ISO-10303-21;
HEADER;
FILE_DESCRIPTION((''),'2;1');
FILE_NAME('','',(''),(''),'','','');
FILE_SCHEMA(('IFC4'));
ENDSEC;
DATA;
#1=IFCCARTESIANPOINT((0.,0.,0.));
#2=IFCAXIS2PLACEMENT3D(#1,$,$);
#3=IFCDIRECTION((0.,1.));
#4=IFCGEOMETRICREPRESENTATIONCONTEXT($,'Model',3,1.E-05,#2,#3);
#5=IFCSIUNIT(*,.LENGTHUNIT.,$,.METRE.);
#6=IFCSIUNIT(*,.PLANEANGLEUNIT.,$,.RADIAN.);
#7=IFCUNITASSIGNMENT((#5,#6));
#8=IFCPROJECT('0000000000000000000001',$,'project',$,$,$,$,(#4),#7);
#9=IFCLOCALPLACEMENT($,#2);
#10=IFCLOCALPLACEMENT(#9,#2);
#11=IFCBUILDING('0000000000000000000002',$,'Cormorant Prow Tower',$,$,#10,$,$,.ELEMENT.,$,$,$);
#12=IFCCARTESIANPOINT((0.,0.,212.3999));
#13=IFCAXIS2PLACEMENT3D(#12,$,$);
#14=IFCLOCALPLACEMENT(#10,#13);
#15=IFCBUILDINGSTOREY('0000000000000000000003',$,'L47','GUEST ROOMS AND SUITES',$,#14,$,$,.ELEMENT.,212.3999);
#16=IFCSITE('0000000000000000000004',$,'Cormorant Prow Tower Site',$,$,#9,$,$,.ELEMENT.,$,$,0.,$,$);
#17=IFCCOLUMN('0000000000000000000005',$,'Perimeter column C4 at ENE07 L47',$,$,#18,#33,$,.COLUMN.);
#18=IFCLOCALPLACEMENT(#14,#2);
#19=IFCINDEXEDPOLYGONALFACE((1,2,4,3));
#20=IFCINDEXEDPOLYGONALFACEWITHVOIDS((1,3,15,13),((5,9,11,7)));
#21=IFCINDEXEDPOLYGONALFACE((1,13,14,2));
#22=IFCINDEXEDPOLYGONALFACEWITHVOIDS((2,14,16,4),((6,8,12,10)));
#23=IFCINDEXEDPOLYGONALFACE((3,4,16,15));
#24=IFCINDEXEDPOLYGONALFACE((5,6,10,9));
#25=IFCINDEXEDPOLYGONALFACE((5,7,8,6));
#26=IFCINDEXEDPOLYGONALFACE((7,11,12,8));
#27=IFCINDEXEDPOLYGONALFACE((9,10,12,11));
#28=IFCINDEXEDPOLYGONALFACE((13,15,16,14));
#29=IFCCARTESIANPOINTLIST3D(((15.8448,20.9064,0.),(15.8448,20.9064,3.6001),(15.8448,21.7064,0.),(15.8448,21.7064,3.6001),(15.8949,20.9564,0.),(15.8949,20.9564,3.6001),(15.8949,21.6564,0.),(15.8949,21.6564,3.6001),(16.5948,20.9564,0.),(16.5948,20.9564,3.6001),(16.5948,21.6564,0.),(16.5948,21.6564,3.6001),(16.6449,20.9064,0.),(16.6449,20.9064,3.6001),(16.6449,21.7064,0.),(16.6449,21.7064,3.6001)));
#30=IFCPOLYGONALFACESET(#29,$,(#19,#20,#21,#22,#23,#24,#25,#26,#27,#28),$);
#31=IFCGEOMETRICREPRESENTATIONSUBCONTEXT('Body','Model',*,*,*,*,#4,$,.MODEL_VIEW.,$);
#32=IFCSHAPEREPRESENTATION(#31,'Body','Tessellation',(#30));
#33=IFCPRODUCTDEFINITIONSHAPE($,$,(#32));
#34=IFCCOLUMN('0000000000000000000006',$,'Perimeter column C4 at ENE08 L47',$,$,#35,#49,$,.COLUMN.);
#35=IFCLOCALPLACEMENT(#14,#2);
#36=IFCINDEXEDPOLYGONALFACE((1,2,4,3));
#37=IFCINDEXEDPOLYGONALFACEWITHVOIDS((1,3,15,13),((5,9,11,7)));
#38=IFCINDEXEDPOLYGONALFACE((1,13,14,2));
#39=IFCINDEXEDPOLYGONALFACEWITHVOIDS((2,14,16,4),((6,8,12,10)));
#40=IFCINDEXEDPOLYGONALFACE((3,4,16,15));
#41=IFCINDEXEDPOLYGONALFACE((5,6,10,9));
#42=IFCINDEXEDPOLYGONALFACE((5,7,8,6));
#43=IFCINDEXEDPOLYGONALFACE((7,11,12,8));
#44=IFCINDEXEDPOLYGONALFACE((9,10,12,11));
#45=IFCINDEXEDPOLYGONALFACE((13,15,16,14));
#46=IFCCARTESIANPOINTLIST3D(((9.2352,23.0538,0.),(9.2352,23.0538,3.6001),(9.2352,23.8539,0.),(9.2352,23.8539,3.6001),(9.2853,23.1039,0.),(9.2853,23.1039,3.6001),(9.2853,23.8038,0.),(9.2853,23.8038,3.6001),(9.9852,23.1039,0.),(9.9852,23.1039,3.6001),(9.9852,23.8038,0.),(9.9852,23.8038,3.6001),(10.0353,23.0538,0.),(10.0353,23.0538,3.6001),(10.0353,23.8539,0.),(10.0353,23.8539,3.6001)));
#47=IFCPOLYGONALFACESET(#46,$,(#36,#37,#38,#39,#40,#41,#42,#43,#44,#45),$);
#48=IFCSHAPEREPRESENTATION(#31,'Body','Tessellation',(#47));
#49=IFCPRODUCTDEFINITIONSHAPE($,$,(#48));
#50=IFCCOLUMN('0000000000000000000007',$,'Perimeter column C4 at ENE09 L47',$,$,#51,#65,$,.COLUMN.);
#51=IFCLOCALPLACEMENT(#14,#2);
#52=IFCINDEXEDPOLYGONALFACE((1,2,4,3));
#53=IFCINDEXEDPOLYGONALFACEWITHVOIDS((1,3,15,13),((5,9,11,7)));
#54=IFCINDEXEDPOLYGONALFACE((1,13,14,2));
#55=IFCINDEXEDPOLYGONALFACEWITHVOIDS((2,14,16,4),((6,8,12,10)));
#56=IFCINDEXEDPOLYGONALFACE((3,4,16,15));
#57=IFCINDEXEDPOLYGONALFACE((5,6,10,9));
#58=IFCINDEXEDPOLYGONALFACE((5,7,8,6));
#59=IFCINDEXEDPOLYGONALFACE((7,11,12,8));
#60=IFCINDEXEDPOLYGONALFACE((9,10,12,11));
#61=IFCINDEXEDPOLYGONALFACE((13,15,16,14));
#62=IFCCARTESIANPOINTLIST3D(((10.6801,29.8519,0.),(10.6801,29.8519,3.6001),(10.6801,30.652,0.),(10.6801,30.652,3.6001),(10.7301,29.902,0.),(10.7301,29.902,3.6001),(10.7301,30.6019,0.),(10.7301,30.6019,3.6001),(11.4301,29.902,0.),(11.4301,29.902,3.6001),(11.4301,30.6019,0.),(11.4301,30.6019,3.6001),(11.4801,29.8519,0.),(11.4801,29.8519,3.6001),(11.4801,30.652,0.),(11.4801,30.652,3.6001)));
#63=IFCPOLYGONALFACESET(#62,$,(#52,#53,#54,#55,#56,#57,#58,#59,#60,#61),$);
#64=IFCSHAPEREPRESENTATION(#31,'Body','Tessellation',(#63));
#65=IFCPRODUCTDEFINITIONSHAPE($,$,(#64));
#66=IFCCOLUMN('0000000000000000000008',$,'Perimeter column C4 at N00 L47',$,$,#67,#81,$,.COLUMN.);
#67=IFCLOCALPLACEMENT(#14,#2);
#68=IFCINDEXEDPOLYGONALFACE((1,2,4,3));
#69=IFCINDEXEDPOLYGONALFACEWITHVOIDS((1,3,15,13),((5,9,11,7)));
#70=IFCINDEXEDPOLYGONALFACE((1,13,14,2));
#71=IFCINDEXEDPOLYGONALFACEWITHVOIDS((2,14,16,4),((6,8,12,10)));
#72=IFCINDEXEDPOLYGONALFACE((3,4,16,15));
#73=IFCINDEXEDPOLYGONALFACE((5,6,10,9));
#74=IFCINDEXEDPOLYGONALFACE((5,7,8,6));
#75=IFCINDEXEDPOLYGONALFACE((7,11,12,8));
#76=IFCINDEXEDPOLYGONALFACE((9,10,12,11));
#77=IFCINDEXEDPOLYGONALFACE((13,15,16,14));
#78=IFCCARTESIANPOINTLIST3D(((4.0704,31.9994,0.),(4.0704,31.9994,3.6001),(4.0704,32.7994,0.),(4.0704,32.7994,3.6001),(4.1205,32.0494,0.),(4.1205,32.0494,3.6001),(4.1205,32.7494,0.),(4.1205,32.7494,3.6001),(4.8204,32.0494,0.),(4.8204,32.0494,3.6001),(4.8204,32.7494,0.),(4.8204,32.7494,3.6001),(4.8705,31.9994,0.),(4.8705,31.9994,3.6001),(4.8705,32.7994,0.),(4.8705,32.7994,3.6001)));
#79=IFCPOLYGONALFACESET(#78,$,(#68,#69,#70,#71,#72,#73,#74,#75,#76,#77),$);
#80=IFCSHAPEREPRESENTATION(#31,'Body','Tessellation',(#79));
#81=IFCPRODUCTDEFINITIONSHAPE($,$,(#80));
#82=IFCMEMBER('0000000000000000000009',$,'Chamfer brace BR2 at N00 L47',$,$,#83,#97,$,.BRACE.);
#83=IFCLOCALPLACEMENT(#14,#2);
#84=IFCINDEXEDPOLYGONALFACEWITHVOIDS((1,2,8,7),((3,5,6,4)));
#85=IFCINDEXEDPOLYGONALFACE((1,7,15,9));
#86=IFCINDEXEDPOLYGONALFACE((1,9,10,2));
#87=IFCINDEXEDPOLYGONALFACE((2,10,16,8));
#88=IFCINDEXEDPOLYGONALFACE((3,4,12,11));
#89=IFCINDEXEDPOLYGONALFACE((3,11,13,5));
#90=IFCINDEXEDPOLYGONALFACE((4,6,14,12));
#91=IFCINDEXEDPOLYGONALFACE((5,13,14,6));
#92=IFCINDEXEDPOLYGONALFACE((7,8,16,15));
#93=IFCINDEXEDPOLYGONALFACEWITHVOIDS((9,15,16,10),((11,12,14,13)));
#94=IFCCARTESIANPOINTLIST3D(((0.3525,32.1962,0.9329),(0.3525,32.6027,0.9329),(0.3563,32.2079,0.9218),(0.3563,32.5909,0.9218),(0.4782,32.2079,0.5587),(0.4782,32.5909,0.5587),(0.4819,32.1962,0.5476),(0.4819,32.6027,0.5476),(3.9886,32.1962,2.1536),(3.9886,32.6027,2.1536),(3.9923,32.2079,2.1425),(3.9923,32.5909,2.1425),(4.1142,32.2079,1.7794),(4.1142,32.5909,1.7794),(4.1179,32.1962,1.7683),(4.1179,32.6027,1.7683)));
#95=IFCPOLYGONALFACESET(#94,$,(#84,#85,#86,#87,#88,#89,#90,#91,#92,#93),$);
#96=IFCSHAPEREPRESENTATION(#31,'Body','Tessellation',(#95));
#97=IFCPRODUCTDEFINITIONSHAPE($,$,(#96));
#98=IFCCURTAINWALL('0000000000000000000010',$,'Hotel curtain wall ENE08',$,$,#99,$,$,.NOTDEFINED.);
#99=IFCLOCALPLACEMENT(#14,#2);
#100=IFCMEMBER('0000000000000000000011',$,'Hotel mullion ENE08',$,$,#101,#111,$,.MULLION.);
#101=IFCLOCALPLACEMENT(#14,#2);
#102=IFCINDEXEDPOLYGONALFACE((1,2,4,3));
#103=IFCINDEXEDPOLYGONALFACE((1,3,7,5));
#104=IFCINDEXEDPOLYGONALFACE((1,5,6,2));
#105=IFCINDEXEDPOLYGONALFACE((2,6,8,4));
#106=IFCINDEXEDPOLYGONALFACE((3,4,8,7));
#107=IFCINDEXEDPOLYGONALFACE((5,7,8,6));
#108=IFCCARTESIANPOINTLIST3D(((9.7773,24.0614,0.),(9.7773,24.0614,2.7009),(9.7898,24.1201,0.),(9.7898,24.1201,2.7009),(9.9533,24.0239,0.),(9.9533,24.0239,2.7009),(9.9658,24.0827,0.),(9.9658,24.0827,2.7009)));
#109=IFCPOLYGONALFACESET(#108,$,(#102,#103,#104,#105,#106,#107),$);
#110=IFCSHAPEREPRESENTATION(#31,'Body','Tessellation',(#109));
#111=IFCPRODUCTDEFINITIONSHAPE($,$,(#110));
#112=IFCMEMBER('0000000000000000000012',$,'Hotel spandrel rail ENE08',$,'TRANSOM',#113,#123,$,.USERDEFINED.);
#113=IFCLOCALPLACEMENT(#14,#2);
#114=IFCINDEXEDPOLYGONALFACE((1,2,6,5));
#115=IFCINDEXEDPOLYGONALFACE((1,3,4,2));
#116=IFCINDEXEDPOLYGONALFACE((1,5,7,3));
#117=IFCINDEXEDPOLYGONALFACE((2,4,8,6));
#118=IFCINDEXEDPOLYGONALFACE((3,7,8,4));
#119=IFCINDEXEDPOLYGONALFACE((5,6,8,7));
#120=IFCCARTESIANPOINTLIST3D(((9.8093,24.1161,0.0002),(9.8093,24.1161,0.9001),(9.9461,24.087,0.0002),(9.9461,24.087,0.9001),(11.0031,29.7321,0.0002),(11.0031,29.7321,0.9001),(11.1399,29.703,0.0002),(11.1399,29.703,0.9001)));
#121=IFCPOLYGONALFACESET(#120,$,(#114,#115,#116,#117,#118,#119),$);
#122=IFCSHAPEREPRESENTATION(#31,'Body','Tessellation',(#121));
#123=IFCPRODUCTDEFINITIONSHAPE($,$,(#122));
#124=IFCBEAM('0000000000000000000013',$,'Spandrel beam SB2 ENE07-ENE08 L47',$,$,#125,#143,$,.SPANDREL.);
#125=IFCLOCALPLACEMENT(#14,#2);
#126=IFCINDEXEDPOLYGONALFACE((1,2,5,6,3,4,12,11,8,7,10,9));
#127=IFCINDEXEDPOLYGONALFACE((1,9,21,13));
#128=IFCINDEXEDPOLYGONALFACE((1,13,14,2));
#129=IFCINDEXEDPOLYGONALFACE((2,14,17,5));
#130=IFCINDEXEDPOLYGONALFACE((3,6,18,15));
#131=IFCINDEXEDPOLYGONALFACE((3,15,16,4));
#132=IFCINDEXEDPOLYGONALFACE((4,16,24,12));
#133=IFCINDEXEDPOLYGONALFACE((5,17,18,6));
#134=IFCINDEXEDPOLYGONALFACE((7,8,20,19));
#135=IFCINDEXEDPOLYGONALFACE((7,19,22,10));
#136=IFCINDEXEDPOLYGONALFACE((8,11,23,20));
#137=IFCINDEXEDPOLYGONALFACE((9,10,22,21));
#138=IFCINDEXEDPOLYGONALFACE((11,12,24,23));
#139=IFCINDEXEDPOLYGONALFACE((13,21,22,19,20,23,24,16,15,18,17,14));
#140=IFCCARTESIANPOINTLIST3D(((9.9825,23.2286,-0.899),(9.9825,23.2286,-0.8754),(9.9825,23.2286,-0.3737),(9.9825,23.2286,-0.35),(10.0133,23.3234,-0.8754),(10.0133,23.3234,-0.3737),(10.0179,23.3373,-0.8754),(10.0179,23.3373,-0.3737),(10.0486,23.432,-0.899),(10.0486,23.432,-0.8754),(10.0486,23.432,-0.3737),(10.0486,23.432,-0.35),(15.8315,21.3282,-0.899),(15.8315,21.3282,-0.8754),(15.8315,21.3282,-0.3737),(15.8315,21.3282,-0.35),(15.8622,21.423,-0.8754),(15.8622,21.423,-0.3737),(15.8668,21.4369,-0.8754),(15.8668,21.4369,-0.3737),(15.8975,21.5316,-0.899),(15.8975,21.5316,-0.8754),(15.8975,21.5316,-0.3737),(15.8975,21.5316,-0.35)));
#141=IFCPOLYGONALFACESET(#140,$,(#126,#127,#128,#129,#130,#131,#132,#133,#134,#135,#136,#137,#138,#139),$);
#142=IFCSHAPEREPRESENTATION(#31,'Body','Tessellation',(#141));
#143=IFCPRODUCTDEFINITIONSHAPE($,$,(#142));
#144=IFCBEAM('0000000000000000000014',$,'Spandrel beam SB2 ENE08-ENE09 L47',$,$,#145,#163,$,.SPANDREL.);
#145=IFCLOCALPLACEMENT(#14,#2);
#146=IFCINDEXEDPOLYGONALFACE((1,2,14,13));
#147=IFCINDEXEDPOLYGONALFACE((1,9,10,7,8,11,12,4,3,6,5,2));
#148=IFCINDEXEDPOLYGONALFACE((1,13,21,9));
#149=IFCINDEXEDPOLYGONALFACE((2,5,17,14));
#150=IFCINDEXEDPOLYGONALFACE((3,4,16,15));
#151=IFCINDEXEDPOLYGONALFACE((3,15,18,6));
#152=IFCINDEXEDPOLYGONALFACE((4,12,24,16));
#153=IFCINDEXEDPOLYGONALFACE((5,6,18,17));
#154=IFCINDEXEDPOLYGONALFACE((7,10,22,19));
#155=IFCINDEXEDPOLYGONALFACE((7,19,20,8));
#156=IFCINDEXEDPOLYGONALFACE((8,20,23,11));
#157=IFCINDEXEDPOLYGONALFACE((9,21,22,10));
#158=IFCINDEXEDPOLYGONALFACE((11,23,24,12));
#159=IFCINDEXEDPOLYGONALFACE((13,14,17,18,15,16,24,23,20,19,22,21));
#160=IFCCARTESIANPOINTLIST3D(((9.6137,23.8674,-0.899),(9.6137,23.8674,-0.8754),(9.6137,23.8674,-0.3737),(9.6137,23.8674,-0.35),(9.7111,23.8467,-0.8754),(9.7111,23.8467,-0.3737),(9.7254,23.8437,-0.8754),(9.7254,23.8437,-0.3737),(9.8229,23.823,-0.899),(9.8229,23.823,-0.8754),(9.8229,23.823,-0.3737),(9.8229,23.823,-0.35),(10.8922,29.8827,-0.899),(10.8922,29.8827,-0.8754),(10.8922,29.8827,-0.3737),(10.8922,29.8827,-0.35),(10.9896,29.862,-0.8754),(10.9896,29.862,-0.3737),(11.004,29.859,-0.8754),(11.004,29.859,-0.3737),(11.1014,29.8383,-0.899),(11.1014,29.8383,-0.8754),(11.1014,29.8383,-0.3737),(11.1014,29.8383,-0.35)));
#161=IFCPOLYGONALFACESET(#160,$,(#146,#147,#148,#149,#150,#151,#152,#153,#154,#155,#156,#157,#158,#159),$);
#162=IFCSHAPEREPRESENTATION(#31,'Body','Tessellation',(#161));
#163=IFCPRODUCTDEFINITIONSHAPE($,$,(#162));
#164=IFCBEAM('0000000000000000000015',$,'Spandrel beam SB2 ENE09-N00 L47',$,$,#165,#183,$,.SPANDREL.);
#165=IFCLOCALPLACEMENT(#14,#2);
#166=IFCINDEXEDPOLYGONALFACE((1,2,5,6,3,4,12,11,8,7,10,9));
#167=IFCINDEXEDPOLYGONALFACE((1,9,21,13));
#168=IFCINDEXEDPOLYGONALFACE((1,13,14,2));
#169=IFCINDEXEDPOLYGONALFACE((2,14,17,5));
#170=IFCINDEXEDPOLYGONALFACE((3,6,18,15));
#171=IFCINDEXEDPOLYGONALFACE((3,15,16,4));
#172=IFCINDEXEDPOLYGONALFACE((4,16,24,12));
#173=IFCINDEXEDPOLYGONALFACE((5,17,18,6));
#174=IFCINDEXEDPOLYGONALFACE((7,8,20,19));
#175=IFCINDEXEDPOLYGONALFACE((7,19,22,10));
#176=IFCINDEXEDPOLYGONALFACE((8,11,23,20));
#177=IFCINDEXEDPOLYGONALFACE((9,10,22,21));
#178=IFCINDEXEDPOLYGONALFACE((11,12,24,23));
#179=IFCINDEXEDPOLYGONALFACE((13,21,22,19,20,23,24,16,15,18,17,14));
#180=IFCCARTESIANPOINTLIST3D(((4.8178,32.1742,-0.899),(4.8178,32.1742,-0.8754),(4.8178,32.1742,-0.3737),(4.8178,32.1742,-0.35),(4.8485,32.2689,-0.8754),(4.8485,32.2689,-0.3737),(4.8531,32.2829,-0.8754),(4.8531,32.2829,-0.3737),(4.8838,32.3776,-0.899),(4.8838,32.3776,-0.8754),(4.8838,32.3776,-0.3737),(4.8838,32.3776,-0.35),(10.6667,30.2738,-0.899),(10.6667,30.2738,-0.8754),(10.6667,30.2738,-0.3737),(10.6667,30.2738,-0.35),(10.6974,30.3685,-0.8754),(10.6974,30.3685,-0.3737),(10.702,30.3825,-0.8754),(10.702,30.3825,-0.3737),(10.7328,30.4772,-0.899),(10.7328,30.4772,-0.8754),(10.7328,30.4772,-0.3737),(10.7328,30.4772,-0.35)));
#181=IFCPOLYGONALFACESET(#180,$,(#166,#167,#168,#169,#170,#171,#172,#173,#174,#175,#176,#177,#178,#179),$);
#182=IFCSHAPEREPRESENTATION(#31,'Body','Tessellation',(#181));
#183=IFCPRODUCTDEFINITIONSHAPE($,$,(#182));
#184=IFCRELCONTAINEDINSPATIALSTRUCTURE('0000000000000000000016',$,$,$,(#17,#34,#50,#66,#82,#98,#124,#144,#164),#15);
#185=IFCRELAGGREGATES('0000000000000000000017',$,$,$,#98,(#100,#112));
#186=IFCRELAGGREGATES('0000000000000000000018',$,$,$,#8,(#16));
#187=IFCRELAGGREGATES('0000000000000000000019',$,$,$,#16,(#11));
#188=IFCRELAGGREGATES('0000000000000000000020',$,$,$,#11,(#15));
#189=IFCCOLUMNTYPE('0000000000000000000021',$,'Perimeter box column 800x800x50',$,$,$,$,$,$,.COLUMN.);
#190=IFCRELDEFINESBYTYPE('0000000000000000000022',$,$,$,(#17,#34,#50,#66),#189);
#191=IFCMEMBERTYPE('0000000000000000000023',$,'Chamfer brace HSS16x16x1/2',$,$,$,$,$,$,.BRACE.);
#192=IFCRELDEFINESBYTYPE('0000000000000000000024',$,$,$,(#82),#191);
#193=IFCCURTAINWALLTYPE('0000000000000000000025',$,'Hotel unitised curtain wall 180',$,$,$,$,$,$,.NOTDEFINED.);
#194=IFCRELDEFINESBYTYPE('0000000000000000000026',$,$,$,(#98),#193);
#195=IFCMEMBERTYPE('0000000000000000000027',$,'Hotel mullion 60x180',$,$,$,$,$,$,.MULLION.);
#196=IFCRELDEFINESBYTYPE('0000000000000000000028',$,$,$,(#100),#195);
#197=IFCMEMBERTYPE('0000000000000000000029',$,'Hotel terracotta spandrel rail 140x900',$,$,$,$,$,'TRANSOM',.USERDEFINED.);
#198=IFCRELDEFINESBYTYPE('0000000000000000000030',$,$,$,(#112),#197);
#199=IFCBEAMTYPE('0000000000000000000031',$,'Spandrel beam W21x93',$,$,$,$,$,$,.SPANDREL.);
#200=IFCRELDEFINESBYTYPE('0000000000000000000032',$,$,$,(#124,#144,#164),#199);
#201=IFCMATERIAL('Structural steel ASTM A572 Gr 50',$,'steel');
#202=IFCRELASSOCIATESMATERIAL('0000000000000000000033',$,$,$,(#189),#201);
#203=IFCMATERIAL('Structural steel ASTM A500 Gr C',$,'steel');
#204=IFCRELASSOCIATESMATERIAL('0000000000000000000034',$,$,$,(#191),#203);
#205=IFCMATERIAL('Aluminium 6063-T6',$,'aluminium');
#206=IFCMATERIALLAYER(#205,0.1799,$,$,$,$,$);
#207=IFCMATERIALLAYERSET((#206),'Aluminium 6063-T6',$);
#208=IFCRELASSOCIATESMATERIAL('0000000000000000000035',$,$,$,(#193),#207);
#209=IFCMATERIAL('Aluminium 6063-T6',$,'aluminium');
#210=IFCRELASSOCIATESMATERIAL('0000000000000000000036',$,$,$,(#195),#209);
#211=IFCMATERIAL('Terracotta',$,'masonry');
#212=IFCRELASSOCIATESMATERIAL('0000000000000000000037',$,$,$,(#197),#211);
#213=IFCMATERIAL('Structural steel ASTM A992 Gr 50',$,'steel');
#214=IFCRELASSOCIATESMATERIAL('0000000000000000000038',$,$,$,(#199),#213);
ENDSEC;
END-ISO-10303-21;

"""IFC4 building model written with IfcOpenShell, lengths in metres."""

from ifc_helpers import new_model, si_unit, direction, frame, origin, origin_2d, place, context, subcontext, project, spatial, rectangle, hollow_rectangle, i_section, extrude, material, layer, layer_set, material_profile, profile_set, type_object, element, aggregate, save


model = new_model("IFC4")

# Units and contexts
model_context = context("Model", 3, precision=1e-05, world=origin(), true_north=direction((0.0, 1.0)))
body_context = subcontext(model_context, "Body", "Model", "MODEL_VIEW")
ifc_project = project(units=[si_unit("LENGTHUNIT", "METRE"), si_unit("PLANEANGLEUNIT", "RADIAN")], contexts=[model_context])

# Site, building, storey
site_placement = place(None, origin())
site = spatial("IfcSite", under=ifc_project, at=site_placement, Name="Cormorant Prow Tower Site", CompositionType="ELEMENT", RefElevation=0.0)
building_placement = place(site_placement, origin())
building = spatial("IfcBuilding", under=site, at=building_placement, Name="Cormorant Prow Tower", CompositionType="ELEMENT")
storey_placement = place(building_placement, frame((0.0, 0.0, 212.3999)))
storey = spatial("IfcBuildingStorey", under=building, at=storey_placement, Name="L47", Description="GUEST ROOMS AND SUITES", CompositionType="ELEMENT", Elevation=212.3999)

# Columns
ifc_material_1 = material(Name="Structural steel ASTM A572 Gr 50", Category="steel")
ifc_material_profile_1 = material_profile(ifc_material_1, hollow_rectangle(XDim=0.8, YDim=0.8, WallThickness=0.05, at=origin_2d()), Name="Box 800x800x50")
ifc_profile_set_1 = profile_set([ifc_material_profile_1], Name="Structural steel ASTM A572 Gr 50")
column_type = type_object("IfcColumnType", Name="Perimeter box column 800x800x50", PredefinedType="COLUMN", material=ifc_profile_set_1)
for number, where, z_axis, x_axis, name in (
    (1, (16.2449, 21.3064, 0.0), (0.0, 0.0, 1.0), (1.0, 0.0, 0.0), "Perimeter column C4 at ENE07 L47"),
    (2, (9.6353, 23.4539, 0.0), (0.0, 0.0, 1.0), (1.0, 0.0, 0.0), "Perimeter column C4 at ENE08 L47"),
    (3, (11.0801, 30.252, 0.0), (0.0, 0.0, 1.0), (1.0, 0.0, 0.0), "Perimeter column C4 at ENE09 L47"),
    (4, (4.4705, 32.3994, 0.0), (0.0, 0.0, 1.0), (1.0, 0.0, 0.0), "Perimeter column C4 at N00 L47"),
):
    element("IfcColumn", number, at=place(storey_placement, frame(where, z_axis=z_axis, x_axis=x_axis)), inside=storey, type_object=column_type, Name=name, PredefinedType="COLUMN", context=body_context, shape_type="SweptSolid", body=[
        extrude(hollow_rectangle(XDim=0.8, YDim=0.8, WallThickness=0.05, at=origin_2d()), origin(), (0.0, 0.0, 1.0), 3.6001),
    ])

# Member
ifc_material_2 = material(Name="Structural steel ASTM A500 Gr C", Category="steel")
ifc_material_profile_2 = material_profile(ifc_material_2, hollow_rectangle(XDim=0.4065, YDim=0.4065, WallThickness=0.0117, at=origin_2d()), Name="HSS16x16x1/2")
ifc_profile_set_2 = profile_set([ifc_material_profile_2], Name="Structural steel ASTM A500 Gr C")
member_type_1 = type_object("IfcMemberType", Name="Chamfer brace HSS16x16x1/2", PredefinedType="BRACE", material=ifc_profile_set_2)
member_1_placement = place(storey_placement, frame((0.4172, 32.3994, 0.7402), z_axis=(0.948, 0.0, 0.31827), x_axis=(0.0, 1.0, 0.0)))
element("IfcMember", 5, at=member_1_placement, inside=storey, type_object=member_type_1, Name="Chamfer brace BR2 at N00 L47", PredefinedType="BRACE", context=body_context, shape_type="SweptSolid", body=[
    extrude(hollow_rectangle(XDim=0.4065, YDim=0.4065, WallThickness=0.0117, at=origin_2d()), origin(), (0.0, 0.0, 1.0), 3.8354),
])

# Curtain wall, members
ifc_material_3 = material(Name="Aluminium 6063-T6", Category="aluminium")
ifc_layer_1 = layer(ifc_material_3, 0.1799)
ifc_layer_set_1 = layer_set([ifc_layer_1], Name="Aluminium 6063-T6")
curtain_wall_type = type_object("IfcCurtainWallType", Name="Hotel unitised curtain wall 180", PredefinedType="NOTDEFINED", material=ifc_layer_set_1)
curtain_wall_1_placement = place(storey_placement, origin())
curtain_wall_1 = element("IfcCurtainWall", 6, at=curtain_wall_1_placement, inside=storey, type_object=curtain_wall_type, Name="Hotel curtain wall ENE08", PredefinedType="NOTDEFINED")
ifc_material_4 = material(Name="Aluminium 6063-T6", Category="aluminium")
ifc_material_profile_3 = material_profile(ifc_material_4, rectangle(XDim=0.1799, YDim=0.0601, at=origin_2d()), Name="Hotel mullion 60x180")
ifc_profile_set_3 = profile_set([ifc_material_profile_3], Name="Aluminium 6063-T6")
member_type_2 = type_object("IfcMemberType", Name="Hotel mullion 60x180", PredefinedType="MULLION", material=ifc_profile_set_3)
member_2_placement = place(storey_placement, frame((9.8716, 24.072, 0.0), z_axis=(0.0, 0.0, 1.0), x_axis=(-0.978148, 0.207912, 0.0)))
member_2 = element("IfcMember", 7, at=member_2_placement, type_object=member_type_2, Name="Hotel mullion ENE08", PredefinedType="MULLION", context=body_context, shape_type="SweptSolid", body=[
    extrude(rectangle(XDim=0.1799, YDim=0.0601, at=origin_2d()), origin(), (0.0, 0.0, 1.0), 2.7009),
])
ifc_material_5 = material(Name="Terracotta", Category="masonry")
ifc_material_profile_4 = material_profile(ifc_material_5, rectangle(XDim=0.1399, YDim=0.8999, at=origin_2d()), Name="Hotel terracotta spandrel rail 140x900")
ifc_profile_set_4 = profile_set([ifc_material_profile_4], Name="Terracotta")
member_type_3 = type_object("IfcMemberType", Name="Hotel terracotta spandrel rail 140x900", ElementType="TRANSOM", PredefinedType="USERDEFINED", material=ifc_profile_set_4)
member_3_placement = place(storey_placement, frame((9.8777, 24.1016, 0.4502), z_axis=(0.207935, 0.978143, 0.0), x_axis=(-0.978143, 0.207935, 0.0)))
member_3 = element("IfcMember", 8, at=member_3_placement, type_object=member_type_3, Name="Hotel spandrel rail ENE08", ObjectType="TRANSOM", PredefinedType="USERDEFINED", context=body_context, shape_type="SweptSolid", body=[
    extrude(rectangle(XDim=0.1399, YDim=0.8999, at=origin_2d()), origin(), (0.0, 0.0, 1.0), 5.7415),
])

# Beams
ifc_material_6 = material(Name="Structural steel ASTM A992 Gr 50", Category="steel")
ifc_material_profile_5 = material_profile(ifc_material_6, i_section(OverallWidth=0.2139, OverallDepth=0.5491, WebThickness=0.0146, FlangeThickness=0.0237, at=origin_2d()), Name="W21x93")
ifc_profile_set_5 = profile_set([ifc_material_profile_5], Name="Structural steel ASTM A992 Gr 50")
beam_type = type_object("IfcBeamType", Name="Spandrel beam W21x93", PredefinedType="SPANDREL", material=ifc_profile_set_5)
beam_1_placement = place(storey_placement, frame((15.8645, 21.4299, -0.6245), z_axis=(-0.951058, 0.309013, 0.0), x_axis=(-0.309013, -0.951058, 0.0)))
element("IfcBeam", 9, at=beam_1_placement, inside=storey, type_object=beam_type, Name="Spandrel beam SB2 ENE07-ENE08 L47", PredefinedType="SPANDREL", context=body_context, shape_type="SweptSolid", body=[
    extrude(i_section(OverallWidth=0.2139, OverallDepth=0.5491, WebThickness=0.0146, FlangeThickness=0.0237, at=origin_2d()), origin(), (0.0, 0.0, 1.0), 6.1499),
])
beam_2_placement = place(storey_placement, frame((9.7183, 23.8452, -0.6245), z_axis=(0.207905, 0.978149, 0.0), x_axis=(-0.978149, 0.207905, 0.0)))
element("IfcBeam", 10, at=beam_2_placement, inside=storey, type_object=beam_type, Name="Spandrel beam SB2 ENE08-ENE09 L47", PredefinedType="SPANDREL", context=body_context, shape_type="SweptSolid", body=[
    extrude(i_section(OverallWidth=0.2139, OverallDepth=0.5491, WebThickness=0.0146, FlangeThickness=0.0237, at=origin_2d()), origin(), (0.0, 0.0, 1.0), 6.1497),
])
beam_3_placement = place(storey_placement, frame((10.6997, 30.3755, -0.6245), z_axis=(-0.951058, 0.309013, 0.0), x_axis=(-0.309013, -0.951058, 0.0)))
element("IfcBeam", 11, at=beam_3_placement, inside=storey, type_object=beam_type, Name="Spandrel beam SB2 ENE09-N00 L47", PredefinedType="SPANDREL", context=body_context, shape_type="SweptSolid", body=[
    extrude(i_section(OverallWidth=0.2139, OverallDepth=0.5491, WebThickness=0.0146, FlangeThickness=0.0237, at=origin_2d()), origin(), (0.0, 0.0, 1.0), 6.1499),
])

aggregate(curtain_wall_1, [member_2, member_3])

save(model, "model.ifc")
